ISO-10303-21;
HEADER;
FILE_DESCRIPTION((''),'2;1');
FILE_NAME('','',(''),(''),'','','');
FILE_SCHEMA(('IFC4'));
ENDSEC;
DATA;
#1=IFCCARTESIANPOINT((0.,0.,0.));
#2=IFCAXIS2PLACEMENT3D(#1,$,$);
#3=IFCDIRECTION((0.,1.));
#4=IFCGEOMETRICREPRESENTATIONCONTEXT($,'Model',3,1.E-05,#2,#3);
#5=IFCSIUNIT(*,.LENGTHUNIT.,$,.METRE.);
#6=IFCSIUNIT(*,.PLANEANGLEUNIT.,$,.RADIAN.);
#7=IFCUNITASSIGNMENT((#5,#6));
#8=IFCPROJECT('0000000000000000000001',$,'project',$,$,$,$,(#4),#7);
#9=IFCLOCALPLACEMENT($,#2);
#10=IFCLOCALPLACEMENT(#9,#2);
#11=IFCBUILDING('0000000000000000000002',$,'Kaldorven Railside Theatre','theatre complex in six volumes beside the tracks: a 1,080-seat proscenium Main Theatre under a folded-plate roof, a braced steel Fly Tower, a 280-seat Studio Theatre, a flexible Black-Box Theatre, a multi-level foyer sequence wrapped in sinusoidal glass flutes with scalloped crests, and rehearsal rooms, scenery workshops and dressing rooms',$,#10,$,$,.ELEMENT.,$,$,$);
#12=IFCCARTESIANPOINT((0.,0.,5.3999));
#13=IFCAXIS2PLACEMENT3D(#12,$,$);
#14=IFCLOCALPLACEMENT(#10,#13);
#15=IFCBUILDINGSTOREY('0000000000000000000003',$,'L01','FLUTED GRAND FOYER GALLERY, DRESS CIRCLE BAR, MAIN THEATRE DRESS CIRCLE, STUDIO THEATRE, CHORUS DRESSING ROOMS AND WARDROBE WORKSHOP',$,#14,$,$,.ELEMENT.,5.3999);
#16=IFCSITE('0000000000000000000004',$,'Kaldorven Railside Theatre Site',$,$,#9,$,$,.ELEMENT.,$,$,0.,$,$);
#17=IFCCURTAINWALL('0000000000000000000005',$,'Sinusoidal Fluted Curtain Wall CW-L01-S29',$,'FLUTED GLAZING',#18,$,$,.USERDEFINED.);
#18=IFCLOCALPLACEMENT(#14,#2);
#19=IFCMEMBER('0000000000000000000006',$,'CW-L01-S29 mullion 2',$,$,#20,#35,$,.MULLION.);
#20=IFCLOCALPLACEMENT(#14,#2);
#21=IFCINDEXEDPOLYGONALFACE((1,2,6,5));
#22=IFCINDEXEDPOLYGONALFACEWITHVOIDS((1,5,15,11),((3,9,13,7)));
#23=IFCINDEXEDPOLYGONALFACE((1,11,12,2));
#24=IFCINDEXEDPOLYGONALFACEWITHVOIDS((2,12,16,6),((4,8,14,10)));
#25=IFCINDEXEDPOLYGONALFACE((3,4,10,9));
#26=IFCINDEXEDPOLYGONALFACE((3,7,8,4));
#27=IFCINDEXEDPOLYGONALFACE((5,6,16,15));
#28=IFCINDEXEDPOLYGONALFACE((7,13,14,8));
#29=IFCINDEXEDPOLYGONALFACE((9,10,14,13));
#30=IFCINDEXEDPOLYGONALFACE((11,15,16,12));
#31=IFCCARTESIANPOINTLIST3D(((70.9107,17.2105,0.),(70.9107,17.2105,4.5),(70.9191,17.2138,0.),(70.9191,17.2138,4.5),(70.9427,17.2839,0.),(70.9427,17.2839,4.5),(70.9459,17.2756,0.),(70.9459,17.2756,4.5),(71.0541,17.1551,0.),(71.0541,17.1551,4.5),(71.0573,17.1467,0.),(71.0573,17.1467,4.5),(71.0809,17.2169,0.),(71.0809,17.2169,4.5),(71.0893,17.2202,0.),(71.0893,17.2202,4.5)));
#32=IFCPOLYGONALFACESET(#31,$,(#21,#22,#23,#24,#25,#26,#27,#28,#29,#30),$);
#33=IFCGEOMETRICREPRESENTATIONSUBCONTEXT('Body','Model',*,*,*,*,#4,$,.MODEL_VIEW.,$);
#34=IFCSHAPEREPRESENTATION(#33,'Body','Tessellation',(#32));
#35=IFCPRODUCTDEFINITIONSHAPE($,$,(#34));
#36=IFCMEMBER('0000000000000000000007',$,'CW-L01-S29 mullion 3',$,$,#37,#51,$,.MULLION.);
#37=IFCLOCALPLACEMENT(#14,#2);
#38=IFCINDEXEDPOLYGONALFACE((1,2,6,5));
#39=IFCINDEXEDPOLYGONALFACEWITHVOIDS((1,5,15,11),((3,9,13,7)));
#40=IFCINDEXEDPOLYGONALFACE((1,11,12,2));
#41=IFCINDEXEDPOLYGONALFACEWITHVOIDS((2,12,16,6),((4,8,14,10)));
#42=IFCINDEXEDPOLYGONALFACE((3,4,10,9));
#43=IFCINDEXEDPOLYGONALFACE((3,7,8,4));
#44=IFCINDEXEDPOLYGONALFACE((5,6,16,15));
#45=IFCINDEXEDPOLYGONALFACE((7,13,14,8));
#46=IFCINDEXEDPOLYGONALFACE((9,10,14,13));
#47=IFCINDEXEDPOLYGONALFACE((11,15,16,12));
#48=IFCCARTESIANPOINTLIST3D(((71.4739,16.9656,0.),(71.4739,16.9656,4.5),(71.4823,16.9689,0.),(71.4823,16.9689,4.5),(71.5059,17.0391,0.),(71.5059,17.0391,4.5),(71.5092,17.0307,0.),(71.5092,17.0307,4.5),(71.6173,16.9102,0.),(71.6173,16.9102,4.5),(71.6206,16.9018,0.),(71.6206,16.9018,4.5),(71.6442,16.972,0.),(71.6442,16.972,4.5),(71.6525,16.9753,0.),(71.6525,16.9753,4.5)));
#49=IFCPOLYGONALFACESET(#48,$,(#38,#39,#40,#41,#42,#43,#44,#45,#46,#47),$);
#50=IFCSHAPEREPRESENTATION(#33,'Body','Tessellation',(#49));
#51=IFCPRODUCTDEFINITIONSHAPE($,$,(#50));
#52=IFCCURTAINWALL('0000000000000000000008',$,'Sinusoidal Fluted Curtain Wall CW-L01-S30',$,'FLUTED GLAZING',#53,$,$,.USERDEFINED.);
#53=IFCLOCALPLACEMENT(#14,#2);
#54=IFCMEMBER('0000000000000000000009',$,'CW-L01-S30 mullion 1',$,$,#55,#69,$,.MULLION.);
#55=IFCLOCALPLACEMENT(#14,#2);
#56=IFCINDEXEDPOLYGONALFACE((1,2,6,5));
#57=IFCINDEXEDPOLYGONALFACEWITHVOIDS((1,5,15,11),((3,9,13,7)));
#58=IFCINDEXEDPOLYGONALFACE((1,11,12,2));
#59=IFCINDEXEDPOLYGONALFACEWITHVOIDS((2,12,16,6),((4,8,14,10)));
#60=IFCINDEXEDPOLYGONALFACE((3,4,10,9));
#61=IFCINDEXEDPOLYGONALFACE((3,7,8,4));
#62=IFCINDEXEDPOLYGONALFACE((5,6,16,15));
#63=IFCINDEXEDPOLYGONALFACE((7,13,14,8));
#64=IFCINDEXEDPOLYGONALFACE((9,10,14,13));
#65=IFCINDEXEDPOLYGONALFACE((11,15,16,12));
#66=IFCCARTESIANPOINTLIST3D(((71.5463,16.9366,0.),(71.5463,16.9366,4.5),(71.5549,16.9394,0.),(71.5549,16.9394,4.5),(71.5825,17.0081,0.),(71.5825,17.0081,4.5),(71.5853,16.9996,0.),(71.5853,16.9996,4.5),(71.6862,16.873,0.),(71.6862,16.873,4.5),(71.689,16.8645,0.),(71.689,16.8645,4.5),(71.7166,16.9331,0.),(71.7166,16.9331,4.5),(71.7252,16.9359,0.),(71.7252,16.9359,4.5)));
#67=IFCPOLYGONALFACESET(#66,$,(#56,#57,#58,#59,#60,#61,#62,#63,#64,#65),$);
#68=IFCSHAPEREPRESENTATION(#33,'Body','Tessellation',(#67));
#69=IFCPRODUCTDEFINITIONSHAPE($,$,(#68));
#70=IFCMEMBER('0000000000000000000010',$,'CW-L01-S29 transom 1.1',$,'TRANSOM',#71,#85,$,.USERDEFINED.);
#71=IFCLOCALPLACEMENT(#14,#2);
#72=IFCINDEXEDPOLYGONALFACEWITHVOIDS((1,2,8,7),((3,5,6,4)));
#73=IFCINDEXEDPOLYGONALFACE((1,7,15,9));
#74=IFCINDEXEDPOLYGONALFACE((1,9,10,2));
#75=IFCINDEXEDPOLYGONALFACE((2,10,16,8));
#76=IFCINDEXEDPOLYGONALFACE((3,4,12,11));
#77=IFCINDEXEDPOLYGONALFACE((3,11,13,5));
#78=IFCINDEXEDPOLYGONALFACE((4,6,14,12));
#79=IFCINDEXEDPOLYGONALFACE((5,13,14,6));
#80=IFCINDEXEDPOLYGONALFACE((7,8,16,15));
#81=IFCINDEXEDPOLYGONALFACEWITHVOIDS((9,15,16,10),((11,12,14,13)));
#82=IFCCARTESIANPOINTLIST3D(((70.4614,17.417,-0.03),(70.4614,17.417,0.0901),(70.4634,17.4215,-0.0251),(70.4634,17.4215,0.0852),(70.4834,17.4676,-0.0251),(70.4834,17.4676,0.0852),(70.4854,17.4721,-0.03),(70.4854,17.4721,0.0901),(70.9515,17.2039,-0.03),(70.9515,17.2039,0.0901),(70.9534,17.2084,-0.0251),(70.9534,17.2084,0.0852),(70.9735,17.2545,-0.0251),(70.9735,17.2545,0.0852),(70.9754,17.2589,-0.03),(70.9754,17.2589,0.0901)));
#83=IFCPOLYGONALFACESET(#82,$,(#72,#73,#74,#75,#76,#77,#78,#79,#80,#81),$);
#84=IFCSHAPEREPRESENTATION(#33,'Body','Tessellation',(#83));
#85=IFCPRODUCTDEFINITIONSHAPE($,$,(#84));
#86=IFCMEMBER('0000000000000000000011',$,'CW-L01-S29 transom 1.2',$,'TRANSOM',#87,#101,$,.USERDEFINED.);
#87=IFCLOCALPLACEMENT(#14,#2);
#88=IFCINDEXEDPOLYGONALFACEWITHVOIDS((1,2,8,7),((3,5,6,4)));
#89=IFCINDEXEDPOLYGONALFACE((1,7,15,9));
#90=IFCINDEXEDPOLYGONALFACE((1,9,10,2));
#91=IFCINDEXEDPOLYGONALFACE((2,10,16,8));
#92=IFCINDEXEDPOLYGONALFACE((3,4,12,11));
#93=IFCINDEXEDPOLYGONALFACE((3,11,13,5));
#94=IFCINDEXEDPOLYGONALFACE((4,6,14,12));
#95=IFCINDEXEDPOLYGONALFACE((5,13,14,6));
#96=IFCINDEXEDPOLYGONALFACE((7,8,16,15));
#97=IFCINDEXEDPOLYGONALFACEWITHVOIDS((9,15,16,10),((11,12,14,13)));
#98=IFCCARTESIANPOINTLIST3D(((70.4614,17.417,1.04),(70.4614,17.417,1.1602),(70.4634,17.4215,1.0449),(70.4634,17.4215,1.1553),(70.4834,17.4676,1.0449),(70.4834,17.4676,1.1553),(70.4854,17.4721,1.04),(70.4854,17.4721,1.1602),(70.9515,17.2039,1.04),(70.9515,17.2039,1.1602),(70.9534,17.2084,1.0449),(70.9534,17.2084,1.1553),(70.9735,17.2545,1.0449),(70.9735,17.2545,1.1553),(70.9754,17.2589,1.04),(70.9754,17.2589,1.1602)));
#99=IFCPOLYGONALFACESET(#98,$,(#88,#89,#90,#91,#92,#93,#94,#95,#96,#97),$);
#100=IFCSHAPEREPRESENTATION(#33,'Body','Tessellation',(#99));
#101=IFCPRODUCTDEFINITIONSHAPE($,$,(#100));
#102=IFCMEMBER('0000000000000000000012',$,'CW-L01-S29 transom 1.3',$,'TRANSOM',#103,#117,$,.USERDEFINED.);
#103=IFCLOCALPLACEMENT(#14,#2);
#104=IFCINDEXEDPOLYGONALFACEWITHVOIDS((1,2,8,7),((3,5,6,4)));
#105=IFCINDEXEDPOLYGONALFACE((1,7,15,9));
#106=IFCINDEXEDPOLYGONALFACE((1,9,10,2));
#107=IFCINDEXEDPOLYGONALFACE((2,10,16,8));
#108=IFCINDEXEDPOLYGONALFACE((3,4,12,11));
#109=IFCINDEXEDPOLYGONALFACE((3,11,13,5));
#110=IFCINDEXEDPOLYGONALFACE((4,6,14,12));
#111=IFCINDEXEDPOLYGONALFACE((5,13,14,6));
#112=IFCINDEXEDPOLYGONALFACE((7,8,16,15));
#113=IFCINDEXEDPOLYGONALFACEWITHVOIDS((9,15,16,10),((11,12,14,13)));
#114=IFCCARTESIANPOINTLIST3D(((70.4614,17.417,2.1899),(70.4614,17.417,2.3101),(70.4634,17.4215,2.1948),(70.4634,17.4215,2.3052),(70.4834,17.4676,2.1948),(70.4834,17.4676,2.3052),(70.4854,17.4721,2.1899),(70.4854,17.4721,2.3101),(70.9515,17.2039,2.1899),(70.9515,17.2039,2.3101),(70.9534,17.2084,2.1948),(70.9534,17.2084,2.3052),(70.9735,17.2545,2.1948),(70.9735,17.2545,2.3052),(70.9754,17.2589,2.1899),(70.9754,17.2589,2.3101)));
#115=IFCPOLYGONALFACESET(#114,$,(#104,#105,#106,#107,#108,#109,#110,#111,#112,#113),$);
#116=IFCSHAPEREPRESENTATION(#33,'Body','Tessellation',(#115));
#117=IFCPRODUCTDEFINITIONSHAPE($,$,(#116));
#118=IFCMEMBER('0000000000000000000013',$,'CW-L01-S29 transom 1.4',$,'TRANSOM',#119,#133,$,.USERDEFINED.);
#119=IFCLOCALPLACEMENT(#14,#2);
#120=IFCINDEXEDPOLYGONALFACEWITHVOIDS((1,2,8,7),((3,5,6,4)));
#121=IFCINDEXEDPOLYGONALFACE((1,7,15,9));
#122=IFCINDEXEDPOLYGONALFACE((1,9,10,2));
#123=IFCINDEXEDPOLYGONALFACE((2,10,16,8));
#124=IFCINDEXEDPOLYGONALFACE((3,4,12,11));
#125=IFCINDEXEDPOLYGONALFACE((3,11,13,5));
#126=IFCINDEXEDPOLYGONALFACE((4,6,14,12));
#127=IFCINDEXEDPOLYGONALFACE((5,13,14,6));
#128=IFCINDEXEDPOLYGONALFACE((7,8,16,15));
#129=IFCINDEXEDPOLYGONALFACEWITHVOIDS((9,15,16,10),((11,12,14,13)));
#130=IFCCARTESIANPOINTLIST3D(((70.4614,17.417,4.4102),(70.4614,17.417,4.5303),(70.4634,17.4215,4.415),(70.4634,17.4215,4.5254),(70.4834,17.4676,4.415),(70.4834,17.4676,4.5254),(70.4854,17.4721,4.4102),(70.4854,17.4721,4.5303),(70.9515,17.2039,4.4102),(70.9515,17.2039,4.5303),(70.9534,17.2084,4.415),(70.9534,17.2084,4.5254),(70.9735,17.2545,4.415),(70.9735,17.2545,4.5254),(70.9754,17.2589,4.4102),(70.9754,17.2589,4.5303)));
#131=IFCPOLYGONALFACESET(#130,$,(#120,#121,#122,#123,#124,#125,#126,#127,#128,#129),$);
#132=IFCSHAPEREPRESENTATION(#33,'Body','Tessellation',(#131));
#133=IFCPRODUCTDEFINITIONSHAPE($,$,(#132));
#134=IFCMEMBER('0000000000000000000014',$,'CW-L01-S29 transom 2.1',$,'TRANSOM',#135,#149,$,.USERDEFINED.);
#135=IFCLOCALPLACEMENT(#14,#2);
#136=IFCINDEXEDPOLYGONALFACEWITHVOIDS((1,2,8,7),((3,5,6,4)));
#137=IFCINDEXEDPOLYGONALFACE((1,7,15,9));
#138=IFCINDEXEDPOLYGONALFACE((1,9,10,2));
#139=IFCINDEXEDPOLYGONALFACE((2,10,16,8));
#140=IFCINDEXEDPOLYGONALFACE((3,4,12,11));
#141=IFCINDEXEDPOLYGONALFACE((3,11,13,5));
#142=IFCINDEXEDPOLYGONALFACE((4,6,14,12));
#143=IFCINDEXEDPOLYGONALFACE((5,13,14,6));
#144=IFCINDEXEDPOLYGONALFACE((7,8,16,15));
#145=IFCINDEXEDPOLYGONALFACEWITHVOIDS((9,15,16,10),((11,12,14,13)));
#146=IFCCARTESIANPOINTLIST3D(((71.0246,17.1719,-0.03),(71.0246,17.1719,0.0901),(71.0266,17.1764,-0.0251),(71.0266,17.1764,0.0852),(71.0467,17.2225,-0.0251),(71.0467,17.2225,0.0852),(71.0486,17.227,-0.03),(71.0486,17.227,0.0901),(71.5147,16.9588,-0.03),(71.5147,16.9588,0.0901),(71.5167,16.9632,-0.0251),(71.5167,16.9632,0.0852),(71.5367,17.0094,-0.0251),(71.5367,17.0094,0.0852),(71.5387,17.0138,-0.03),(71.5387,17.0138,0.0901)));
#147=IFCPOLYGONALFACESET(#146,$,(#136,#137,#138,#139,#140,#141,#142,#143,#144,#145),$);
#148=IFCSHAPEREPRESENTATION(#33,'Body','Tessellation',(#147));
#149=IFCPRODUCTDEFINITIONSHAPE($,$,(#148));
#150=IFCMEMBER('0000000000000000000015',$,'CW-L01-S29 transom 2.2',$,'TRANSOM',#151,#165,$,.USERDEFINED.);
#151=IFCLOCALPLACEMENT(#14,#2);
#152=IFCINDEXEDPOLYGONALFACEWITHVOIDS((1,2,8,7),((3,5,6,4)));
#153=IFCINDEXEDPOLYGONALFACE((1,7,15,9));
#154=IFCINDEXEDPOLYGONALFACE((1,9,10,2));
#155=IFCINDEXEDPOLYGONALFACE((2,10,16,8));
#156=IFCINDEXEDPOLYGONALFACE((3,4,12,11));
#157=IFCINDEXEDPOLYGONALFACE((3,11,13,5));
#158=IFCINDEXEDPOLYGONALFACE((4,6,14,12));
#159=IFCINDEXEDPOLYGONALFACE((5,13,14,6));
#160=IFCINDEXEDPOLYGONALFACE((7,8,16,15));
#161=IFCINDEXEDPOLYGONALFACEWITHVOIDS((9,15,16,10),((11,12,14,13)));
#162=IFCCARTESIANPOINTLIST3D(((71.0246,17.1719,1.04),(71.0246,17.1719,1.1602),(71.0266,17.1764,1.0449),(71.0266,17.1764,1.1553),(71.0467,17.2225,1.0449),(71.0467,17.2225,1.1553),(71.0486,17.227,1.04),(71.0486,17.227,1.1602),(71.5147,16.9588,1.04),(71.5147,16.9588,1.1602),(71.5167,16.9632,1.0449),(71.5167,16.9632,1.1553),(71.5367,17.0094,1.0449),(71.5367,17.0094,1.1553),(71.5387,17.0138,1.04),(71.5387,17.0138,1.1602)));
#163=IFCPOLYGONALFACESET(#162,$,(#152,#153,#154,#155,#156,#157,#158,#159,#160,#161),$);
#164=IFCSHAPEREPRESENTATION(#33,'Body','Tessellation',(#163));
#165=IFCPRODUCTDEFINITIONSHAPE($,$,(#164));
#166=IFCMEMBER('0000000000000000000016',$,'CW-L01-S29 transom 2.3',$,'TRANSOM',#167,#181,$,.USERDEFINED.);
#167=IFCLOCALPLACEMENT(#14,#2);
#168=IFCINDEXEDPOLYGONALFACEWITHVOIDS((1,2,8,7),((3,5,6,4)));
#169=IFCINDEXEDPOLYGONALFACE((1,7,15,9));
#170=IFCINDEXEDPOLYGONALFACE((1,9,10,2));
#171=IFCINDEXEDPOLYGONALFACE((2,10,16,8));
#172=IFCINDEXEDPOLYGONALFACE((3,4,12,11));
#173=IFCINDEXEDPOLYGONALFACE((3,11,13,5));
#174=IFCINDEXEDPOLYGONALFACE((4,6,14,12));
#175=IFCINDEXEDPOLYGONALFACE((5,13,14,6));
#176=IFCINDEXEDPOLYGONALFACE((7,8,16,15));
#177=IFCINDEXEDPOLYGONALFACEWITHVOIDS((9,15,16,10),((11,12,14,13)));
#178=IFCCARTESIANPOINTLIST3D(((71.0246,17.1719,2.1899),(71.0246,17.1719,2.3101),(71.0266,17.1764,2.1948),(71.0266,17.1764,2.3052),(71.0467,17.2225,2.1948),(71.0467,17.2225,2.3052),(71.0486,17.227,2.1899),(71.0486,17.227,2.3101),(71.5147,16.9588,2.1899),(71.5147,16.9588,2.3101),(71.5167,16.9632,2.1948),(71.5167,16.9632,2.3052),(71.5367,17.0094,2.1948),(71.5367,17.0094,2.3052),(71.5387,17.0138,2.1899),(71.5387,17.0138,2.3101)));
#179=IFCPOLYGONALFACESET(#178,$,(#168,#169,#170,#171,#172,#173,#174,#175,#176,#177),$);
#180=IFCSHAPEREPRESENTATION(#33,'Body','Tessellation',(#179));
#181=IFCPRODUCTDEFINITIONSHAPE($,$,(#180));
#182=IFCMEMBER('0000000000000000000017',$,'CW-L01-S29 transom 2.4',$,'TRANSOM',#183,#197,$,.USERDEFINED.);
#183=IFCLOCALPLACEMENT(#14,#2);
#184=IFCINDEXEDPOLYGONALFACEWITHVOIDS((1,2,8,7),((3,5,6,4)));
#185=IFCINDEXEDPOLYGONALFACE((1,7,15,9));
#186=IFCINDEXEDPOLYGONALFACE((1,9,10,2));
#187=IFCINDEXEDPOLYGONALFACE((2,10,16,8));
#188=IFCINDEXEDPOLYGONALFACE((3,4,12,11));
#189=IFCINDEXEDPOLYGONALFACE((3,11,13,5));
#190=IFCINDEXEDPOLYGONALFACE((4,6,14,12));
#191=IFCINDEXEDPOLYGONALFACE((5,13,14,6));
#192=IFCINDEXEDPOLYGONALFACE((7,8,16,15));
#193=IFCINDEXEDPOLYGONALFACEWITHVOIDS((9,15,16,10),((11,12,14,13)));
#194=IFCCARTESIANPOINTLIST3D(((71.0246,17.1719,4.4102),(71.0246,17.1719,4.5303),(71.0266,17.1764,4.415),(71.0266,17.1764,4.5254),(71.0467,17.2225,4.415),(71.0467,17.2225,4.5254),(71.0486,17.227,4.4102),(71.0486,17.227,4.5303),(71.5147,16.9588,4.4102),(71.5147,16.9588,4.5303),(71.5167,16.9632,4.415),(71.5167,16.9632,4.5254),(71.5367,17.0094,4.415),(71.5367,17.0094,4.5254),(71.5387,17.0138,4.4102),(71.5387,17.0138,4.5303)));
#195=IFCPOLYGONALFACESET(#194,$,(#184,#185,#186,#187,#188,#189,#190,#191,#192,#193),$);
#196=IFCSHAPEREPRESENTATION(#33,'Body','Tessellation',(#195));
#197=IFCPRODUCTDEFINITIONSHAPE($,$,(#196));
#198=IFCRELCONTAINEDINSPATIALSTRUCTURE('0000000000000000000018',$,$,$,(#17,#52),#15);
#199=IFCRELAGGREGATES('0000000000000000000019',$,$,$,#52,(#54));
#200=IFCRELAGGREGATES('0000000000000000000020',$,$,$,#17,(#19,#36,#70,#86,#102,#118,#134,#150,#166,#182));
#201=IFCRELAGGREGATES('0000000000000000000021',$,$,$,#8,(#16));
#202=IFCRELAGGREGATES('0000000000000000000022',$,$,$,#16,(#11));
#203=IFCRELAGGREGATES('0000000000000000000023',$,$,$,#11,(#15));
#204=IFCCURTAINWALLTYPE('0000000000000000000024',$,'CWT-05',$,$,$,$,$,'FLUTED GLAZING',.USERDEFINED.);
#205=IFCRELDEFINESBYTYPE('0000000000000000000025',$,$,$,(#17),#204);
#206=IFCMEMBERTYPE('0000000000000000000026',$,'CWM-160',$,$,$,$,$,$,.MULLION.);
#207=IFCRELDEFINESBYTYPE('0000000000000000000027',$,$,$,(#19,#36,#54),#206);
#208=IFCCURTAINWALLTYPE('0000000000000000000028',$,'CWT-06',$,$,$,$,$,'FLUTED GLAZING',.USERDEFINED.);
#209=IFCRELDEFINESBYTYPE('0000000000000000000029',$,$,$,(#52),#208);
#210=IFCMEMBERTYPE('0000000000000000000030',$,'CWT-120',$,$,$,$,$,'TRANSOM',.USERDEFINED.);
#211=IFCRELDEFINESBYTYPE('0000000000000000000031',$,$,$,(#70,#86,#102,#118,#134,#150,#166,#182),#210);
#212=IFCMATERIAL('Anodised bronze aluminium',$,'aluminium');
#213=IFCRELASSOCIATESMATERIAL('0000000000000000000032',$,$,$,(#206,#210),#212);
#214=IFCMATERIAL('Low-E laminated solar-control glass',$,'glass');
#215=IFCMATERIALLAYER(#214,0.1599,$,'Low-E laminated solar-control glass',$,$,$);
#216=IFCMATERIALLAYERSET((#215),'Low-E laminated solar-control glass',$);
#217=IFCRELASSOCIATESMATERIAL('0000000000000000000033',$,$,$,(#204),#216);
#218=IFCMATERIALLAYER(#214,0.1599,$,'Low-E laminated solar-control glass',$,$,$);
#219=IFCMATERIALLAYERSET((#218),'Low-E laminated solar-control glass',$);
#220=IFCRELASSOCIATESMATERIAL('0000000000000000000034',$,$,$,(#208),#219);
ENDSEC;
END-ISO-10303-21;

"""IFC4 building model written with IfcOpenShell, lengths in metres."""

from ifc_helpers import new_model, si_unit, direction, frame, origin, origin_2d, place, context, subcontext, project, spatial, hollow_rectangle, extrude, material, layer, layer_set, material_profile, profile_set, type_object, element, aggregate, save


model = new_model("IFC4")

# Units and contexts
model_context = context("Model", 3, precision=1e-05, world=origin(), true_north=direction((0.0, 1.0)))
body_context = subcontext(model_context, "Body", "Model", "MODEL_VIEW")
ifc_project = project(units=[si_unit("LENGTHUNIT", "METRE"), si_unit("PLANEANGLEUNIT", "RADIAN")], contexts=[model_context])

# Site, building, storey
site_placement = place(None, origin())
site = spatial("IfcSite", under=ifc_project, at=site_placement, Name="Kaldorven Railside Theatre Site", CompositionType="ELEMENT", RefElevation=0.0)
building_placement = place(site_placement, origin())
building = spatial("IfcBuilding", under=site, at=building_placement, Name="Kaldorven Railside Theatre", Description="theatre complex in six volumes beside the tracks: a 1,080-seat proscenium Main Theatre under a folded-plate roof, a braced steel Fly Tower, a 280-seat Studio Theatre, a flexible Black-Box Theatre, a multi-level foyer sequence wrapped in sinusoidal glass flutes with scalloped crests, and rehearsal rooms, scenery workshops and dressing rooms", CompositionType="ELEMENT")
storey_placement = place(building_placement, frame((0.0, 0.0, 5.3999)))
storey = spatial("IfcBuildingStorey", under=building, at=storey_placement, Name="L01", Description="FLUTED GRAND FOYER GALLERY, DRESS CIRCLE BAR, MAIN THEATRE DRESS CIRCLE, STUDIO THEATRE, CHORUS DRESSING ROOMS AND WARDROBE WORKSHOP", CompositionType="ELEMENT", Elevation=5.3999)

# Shared definitions
ifc_material_1 = material(Name="Low-E laminated solar-control glass", Category="glass")
ifc_material_2 = material(Name="Anodised bronze aluminium", Category="aluminium")
ifc_material_profile_1 = material_profile(ifc_material_2, hollow_rectangle(XDim=0.0801, YDim=0.1599, WallThickness=0.0063, at=origin_2d()), Name="RHS 160x80x6.3")
ifc_profile_set_1 = profile_set([ifc_material_profile_1], Name="Anodised bronze aluminium")
member_type_1 = type_object("IfcMemberType", Name="CWM-160", PredefinedType="MULLION", material=ifc_profile_set_1)

# Curtain wall, members
ifc_layer_1 = layer(ifc_material_1, 0.1599, Name="Low-E laminated solar-control glass")
ifc_layer_set_1 = layer_set([ifc_layer_1], Name="Low-E laminated solar-control glass")
curtain_wall_type_1 = type_object("IfcCurtainWallType", Name="CWT-05", ElementType="FLUTED GLAZING", PredefinedType="USERDEFINED", material=ifc_layer_set_1)
curtain_wall_1_placement = place(storey_placement, origin())
curtain_wall_1 = element("IfcCurtainWall", 1, at=curtain_wall_1_placement, inside=storey, type_object=curtain_wall_type_1, Name="Sinusoidal Fluted Curtain Wall CW-L01-S29", ObjectType="FLUTED GLAZING", PredefinedType="USERDEFINED")
member_1_placement = place(storey_placement, frame((71.0, 17.2153, 0.0), z_axis=(0.0, 0.0, 1.0), x_axis=(0.398894, 0.916997, 0.0)))
member_1 = element("IfcMember", 2, at=member_1_placement, type_object=member_type_1, Name="CW-L01-S29 mullion 2", PredefinedType="MULLION", context=body_context, shape_type="SweptSolid", body=[
    extrude(hollow_rectangle(XDim=0.0801, YDim=0.1599, WallThickness=0.0063, at=origin_2d()), origin(), (0.0, 0.0, 1.0), 4.5),
])
member_2_placement = place(storey_placement, frame((71.5632, 16.9705, 0.0), z_axis=(0.0, 0.0, 1.0), x_axis=(0.398894, 0.916997, 0.0)))
member_2 = element("IfcMember", 3, at=member_2_placement, type_object=member_type_1, Name="CW-L01-S29 mullion 3", PredefinedType="MULLION", context=body_context, shape_type="SweptSolid", body=[
    extrude(hollow_rectangle(XDim=0.0801, YDim=0.1599, WallThickness=0.0063, at=origin_2d()), origin(), (0.0, 0.0, 1.0), 4.5),
])

# Curtain wall, member
ifc_layer_2 = layer(ifc_material_1, 0.1599, Name="Low-E laminated solar-control glass")
ifc_layer_set_2 = layer_set([ifc_layer_2], Name="Low-E laminated solar-control glass")
curtain_wall_type_2 = type_object("IfcCurtainWallType", Name="CWT-06", ElementType="FLUTED GLAZING", PredefinedType="USERDEFINED", material=ifc_layer_set_2)
curtain_wall_2_placement = place(storey_placement, origin())
curtain_wall_2 = element("IfcCurtainWall", 4, at=curtain_wall_2_placement, inside=storey, type_object=curtain_wall_type_2, Name="Sinusoidal Fluted Curtain Wall CW-L01-S30", ObjectType="FLUTED GLAZING", PredefinedType="USERDEFINED")
member_3_placement = place(storey_placement, frame((71.6357, 16.9363, 0.0), z_axis=(0.0, 0.0, 1.0), x_axis=(0.451432, 0.892305, 0.0)))
member_3 = element("IfcMember", 5, at=member_3_placement, type_object=member_type_1, Name="CW-L01-S30 mullion 1", PredefinedType="MULLION", context=body_context, shape_type="SweptSolid", body=[
    extrude(hollow_rectangle(XDim=0.0801, YDim=0.1599, WallThickness=0.0063, at=origin_2d()), origin(), (0.0, 0.0, 1.0), 4.5),
])
aggregate(curtain_wall_2, [member_3])

# Members
ifc_material_profile_2 = material_profile(ifc_material_2, hollow_rectangle(XDim=0.0601, YDim=0.1201, WallThickness=0.0049, at=origin_2d()), Name="RHS 120x60x5")
ifc_profile_set_2 = profile_set([ifc_material_profile_2], Name="Anodised bronze aluminium")
member_type_2 = type_object("IfcMemberType", Name="CWT-120", ElementType="TRANSOM", PredefinedType="USERDEFINED", material=ifc_profile_set_2)
member_4_placement = place(storey_placement, frame((70.4734, 17.4446, 0.03), z_axis=(0.917005, -0.398876, 0.0), x_axis=(0.398876, 0.917005, 0.0)))
member_4 = element("IfcMember", 6, at=member_4_placement, type_object=member_type_2, Name="CW-L01-S29 transom 1.1", ObjectType="TRANSOM", PredefinedType="USERDEFINED", context=body_context, shape_type="SweptSolid", body=[
    extrude(hollow_rectangle(XDim=0.0601, YDim=0.1201, WallThickness=0.0049, at=origin_2d()), origin(), (0.0, 0.0, 1.0), 0.5344),
])
member_5_placement = place(storey_placement, frame((70.4734, 17.4446, 1.1001), z_axis=(0.917005, -0.398876, 0.0), x_axis=(0.398876, 0.917005, 0.0)))
member_5 = element("IfcMember", 7, at=member_5_placement, type_object=member_type_2, Name="CW-L01-S29 transom 1.2", ObjectType="TRANSOM", PredefinedType="USERDEFINED", context=body_context, shape_type="SweptSolid", body=[
    extrude(hollow_rectangle(XDim=0.0601, YDim=0.1201, WallThickness=0.0049, at=origin_2d()), origin(), (0.0, 0.0, 1.0), 0.5344),
])
member_6_placement = place(storey_placement, frame((70.4734, 17.4446, 2.25), z_axis=(0.917005, -0.398876, 0.0), x_axis=(0.398876, 0.917005, 0.0)))
member_6 = element("IfcMember", 8, at=member_6_placement, type_object=member_type_2, Name="CW-L01-S29 transom 1.3", ObjectType="TRANSOM", PredefinedType="USERDEFINED", context=body_context, shape_type="SweptSolid", body=[
    extrude(hollow_rectangle(XDim=0.0601, YDim=0.1201, WallThickness=0.0049, at=origin_2d()), origin(), (0.0, 0.0, 1.0), 0.5344),
])
member_7_placement = place(storey_placement, frame((70.4734, 17.4446, 4.4702), z_axis=(0.917005, -0.398876, 0.0), x_axis=(0.398876, 0.917005, 0.0)))
member_7 = element("IfcMember", 9, at=member_7_placement, type_object=member_type_2, Name="CW-L01-S29 transom 1.4", ObjectType="TRANSOM", PredefinedType="USERDEFINED", context=body_context, shape_type="SweptSolid", body=[
    extrude(hollow_rectangle(XDim=0.0601, YDim=0.1201, WallThickness=0.0049, at=origin_2d()), origin(), (0.0, 0.0, 1.0), 0.5344),
])
member_8_placement = place(storey_placement, frame((71.0366, 17.1995, 0.03), z_axis=(0.917005, -0.398876, 0.0), x_axis=(0.398876, 0.917005, 0.0)))
member_8 = element("IfcMember", 10, at=member_8_placement, type_object=member_type_2, Name="CW-L01-S29 transom 2.1", ObjectType="TRANSOM", PredefinedType="USERDEFINED", context=body_context, shape_type="SweptSolid", body=[
    extrude(hollow_rectangle(XDim=0.0601, YDim=0.1201, WallThickness=0.0049, at=origin_2d()), origin(), (0.0, 0.0, 1.0), 0.5344),
])
member_9_placement = place(storey_placement, frame((71.0366, 17.1995, 1.1001), z_axis=(0.917005, -0.398876, 0.0), x_axis=(0.398876, 0.917005, 0.0)))
member_9 = element("IfcMember", 11, at=member_9_placement, type_object=member_type_2, Name="CW-L01-S29 transom 2.2", ObjectType="TRANSOM", PredefinedType="USERDEFINED", context=body_context, shape_type="SweptSolid", body=[
    extrude(hollow_rectangle(XDim=0.0601, YDim=0.1201, WallThickness=0.0049, at=origin_2d()), origin(), (0.0, 0.0, 1.0), 0.5344),
])
member_10_placement = place(storey_placement, frame((71.0366, 17.1995, 2.25), z_axis=(0.917005, -0.398876, 0.0), x_axis=(0.398876, 0.917005, 0.0)))
member_10 = element("IfcMember", 12, at=member_10_placement, type_object=member_type_2, Name="CW-L01-S29 transom 2.3", ObjectType="TRANSOM", PredefinedType="USERDEFINED", context=body_context, shape_type="SweptSolid", body=[
    extrude(hollow_rectangle(XDim=0.0601, YDim=0.1201, WallThickness=0.0049, at=origin_2d()), origin(), (0.0, 0.0, 1.0), 0.5344),
])
member_11_placement = place(storey_placement, frame((71.0366, 17.1995, 4.4702), z_axis=(0.917005, -0.398876, 0.0), x_axis=(0.398876, 0.917005, 0.0)))
member_11 = element("IfcMember", 13, at=member_11_placement, type_object=member_type_2, Name="CW-L01-S29 transom 2.4", ObjectType="TRANSOM", PredefinedType="USERDEFINED", context=body_context, shape_type="SweptSolid", body=[
    extrude(hollow_rectangle(XDim=0.0601, YDim=0.1201, WallThickness=0.0049, at=origin_2d()), origin(), (0.0, 0.0, 1.0), 0.5344),
])

aggregate(curtain_wall_1, [member_1, member_2, member_4, member_5, member_6, member_7, member_8, member_9, member_10, member_11])

save(model, "model.ifc")
